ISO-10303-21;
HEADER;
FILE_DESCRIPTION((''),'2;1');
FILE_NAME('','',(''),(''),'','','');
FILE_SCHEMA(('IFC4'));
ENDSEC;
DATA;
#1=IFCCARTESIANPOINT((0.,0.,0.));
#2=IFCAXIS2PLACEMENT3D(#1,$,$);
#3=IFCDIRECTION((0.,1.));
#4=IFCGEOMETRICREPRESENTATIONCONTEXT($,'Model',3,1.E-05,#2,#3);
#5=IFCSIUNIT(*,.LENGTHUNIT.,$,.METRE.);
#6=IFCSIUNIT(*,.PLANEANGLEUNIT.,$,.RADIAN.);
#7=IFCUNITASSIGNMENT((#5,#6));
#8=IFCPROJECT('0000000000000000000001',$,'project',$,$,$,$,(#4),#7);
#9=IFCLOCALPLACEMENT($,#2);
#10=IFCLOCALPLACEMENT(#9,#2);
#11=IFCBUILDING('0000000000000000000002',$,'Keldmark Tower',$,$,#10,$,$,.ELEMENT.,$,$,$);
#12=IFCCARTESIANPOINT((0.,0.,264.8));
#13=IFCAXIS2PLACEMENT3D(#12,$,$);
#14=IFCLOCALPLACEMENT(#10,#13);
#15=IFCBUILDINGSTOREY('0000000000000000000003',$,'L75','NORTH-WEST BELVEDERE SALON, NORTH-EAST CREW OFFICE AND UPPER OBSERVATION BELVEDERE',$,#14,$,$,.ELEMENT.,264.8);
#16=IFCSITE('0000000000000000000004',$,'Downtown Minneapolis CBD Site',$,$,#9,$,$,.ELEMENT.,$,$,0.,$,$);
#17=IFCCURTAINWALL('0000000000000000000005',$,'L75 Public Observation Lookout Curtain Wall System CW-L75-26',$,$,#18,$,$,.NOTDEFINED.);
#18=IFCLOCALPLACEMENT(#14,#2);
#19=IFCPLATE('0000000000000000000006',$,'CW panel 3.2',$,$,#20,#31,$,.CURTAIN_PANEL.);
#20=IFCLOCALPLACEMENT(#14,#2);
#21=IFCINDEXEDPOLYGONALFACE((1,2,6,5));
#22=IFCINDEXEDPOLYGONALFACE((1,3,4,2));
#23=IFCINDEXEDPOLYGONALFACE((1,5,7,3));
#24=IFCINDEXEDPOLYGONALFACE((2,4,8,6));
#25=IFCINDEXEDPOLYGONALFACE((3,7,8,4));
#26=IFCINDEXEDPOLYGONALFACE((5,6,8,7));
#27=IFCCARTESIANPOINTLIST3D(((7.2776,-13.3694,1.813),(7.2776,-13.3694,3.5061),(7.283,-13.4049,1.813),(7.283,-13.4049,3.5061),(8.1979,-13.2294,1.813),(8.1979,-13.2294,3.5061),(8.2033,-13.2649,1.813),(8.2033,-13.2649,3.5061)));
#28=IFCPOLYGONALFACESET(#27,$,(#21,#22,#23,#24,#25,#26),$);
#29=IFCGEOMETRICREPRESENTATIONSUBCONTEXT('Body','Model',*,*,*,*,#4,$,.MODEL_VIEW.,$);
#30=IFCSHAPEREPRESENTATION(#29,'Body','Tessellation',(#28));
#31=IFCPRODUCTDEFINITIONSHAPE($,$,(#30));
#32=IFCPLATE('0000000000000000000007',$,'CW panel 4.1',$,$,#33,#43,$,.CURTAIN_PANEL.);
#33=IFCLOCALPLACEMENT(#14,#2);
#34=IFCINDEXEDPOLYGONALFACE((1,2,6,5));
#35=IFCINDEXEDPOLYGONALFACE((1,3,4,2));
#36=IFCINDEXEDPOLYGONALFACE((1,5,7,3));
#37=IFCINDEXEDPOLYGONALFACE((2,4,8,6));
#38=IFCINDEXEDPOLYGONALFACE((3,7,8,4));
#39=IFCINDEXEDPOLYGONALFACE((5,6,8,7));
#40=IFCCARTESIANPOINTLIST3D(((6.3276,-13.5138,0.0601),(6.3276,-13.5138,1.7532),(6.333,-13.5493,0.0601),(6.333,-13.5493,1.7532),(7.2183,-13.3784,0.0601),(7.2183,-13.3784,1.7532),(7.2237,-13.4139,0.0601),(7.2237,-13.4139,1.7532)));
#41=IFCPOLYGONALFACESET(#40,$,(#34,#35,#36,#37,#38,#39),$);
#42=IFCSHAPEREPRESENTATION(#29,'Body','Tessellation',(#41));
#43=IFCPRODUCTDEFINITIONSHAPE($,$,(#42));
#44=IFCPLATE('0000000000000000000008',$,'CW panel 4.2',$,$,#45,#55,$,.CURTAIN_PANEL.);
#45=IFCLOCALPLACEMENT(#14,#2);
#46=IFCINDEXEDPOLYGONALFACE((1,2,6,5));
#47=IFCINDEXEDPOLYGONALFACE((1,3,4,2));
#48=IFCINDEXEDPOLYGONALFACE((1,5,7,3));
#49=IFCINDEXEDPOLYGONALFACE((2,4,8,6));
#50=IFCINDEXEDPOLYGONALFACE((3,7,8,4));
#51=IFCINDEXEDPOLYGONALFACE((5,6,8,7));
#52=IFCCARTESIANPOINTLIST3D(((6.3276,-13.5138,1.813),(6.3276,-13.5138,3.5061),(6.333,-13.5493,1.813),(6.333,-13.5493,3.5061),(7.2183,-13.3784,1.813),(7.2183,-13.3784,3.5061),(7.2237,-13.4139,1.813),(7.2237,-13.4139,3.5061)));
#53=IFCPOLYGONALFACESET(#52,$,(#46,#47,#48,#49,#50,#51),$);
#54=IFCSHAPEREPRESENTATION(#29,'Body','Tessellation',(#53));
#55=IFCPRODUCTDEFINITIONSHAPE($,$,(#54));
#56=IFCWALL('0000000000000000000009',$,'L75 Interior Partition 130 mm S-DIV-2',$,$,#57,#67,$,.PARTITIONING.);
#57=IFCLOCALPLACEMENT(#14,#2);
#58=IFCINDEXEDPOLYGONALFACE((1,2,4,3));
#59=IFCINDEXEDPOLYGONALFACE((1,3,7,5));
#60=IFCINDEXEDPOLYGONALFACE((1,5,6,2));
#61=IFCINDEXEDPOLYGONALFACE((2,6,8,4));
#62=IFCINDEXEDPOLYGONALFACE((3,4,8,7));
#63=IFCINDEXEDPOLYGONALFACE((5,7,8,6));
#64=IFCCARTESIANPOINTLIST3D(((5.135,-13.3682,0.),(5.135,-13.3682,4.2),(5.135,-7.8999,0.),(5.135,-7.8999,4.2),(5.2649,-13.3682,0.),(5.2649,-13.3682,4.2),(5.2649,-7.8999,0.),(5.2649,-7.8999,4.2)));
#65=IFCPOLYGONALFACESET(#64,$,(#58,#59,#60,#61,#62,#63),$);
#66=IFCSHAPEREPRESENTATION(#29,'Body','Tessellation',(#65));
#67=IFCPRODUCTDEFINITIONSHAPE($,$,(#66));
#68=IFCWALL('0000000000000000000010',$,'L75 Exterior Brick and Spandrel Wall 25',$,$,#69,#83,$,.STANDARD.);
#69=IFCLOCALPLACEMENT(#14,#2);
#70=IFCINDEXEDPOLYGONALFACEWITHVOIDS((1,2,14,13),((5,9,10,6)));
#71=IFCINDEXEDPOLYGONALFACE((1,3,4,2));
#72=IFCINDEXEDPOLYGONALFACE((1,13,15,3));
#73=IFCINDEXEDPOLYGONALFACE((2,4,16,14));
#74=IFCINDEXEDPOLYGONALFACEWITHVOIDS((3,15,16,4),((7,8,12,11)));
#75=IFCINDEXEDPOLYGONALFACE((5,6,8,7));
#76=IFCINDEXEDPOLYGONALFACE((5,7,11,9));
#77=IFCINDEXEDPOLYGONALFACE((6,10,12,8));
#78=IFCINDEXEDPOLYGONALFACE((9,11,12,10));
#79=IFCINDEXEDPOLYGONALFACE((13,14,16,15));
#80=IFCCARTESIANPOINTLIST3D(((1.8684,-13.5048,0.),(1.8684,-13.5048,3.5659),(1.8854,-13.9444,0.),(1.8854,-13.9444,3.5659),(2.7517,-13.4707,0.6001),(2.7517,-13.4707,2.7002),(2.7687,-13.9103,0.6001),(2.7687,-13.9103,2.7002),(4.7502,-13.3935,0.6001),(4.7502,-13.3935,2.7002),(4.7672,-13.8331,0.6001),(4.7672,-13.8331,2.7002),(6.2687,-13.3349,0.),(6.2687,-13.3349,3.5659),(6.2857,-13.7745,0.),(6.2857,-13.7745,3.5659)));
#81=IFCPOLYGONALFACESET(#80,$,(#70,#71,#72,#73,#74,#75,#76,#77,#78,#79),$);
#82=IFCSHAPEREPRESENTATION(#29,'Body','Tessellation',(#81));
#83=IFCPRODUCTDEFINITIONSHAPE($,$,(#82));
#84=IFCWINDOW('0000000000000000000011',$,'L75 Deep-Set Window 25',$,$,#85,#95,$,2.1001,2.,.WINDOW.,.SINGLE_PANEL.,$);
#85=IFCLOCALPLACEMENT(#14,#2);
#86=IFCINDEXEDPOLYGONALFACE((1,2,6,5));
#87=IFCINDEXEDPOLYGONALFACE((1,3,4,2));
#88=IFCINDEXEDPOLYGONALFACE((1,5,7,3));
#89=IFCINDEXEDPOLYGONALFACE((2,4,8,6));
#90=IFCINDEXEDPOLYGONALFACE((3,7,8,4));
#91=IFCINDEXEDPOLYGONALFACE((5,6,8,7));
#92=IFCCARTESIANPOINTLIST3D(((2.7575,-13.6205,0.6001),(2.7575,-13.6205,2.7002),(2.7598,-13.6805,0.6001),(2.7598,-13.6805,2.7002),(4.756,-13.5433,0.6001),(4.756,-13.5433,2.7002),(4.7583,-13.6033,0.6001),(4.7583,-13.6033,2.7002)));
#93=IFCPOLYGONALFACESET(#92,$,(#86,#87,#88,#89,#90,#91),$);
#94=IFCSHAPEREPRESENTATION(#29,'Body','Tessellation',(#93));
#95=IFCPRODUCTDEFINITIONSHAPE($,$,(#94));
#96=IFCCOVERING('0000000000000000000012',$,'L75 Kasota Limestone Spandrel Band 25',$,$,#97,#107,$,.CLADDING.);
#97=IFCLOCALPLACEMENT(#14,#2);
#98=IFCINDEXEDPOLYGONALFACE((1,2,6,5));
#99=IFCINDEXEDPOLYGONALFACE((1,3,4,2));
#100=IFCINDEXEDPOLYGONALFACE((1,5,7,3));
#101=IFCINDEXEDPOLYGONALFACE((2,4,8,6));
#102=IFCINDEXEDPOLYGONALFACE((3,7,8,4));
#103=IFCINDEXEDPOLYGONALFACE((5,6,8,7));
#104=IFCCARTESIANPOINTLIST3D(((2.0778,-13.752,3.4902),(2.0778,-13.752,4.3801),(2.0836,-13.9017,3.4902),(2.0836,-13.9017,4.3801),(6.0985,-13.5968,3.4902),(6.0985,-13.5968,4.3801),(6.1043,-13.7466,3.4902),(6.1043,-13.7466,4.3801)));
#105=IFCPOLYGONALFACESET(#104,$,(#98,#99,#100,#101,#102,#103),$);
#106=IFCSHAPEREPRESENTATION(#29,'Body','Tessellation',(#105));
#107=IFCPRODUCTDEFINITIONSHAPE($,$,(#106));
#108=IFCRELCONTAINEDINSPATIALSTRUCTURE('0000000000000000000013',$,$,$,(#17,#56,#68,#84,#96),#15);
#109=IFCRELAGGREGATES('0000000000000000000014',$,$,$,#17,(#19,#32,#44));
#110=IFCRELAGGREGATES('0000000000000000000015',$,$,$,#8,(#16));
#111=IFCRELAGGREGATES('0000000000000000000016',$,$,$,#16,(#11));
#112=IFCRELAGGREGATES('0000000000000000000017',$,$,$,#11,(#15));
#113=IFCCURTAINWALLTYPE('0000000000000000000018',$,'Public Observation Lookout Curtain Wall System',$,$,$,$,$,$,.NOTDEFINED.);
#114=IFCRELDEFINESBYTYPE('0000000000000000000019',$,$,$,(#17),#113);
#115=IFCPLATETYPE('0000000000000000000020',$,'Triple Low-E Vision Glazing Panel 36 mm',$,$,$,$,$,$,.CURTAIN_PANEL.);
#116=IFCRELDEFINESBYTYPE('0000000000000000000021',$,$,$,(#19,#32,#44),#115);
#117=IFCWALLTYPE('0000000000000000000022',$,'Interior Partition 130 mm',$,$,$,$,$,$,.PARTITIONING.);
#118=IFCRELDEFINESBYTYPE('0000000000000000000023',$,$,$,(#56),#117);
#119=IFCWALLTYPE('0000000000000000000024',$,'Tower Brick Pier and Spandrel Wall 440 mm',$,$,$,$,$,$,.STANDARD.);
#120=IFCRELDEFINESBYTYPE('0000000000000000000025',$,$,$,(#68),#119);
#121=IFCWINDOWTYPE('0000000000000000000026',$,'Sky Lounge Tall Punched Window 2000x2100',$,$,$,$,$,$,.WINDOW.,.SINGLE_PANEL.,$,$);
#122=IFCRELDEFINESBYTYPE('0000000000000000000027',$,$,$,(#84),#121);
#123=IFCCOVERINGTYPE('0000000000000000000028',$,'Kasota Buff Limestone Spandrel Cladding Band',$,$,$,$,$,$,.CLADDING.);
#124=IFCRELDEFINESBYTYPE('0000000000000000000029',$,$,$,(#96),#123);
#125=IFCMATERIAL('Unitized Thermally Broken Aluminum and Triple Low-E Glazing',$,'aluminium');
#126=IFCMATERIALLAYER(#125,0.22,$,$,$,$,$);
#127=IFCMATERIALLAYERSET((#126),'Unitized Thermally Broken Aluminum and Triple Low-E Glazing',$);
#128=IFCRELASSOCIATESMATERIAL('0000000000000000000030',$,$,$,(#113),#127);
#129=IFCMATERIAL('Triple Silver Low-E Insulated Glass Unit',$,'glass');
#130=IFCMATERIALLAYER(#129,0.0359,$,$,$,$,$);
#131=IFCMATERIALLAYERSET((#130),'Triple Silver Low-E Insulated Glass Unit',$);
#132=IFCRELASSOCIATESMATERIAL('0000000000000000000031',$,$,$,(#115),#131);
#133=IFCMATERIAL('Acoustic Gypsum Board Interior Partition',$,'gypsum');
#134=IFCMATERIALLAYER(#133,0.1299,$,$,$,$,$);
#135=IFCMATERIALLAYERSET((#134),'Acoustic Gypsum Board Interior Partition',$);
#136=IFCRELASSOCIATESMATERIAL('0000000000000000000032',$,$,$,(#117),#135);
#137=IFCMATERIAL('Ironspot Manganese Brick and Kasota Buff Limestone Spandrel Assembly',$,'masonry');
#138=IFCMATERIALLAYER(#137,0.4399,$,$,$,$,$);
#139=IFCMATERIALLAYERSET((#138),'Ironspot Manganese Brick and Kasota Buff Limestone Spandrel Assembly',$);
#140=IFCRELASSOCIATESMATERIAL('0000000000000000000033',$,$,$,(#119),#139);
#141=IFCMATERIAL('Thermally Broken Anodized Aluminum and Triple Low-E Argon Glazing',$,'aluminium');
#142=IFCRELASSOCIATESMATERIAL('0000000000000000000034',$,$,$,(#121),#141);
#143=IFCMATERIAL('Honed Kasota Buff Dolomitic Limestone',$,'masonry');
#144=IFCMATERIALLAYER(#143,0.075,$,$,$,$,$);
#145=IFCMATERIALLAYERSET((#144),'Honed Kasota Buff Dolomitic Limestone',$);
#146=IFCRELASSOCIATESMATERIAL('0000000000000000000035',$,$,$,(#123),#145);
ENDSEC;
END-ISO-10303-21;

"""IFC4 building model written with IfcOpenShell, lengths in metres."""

from ifc_helpers import new_model, si_unit, direction, frame, frame_2d, origin, origin_2d, place, context, subcontext, project, spatial, rectangle, extrude, material, layer, layer_set, type_object, element, fill, aggregate, save


model = new_model("IFC4")

# Units and contexts
model_context = context("Model", 3, precision=1e-05, world=origin(), true_north=direction((0.0, 1.0)))
body_context = subcontext(model_context, "Body", "Model", "MODEL_VIEW")
ifc_project = project(units=[si_unit("LENGTHUNIT", "METRE"), si_unit("PLANEANGLEUNIT", "RADIAN")], contexts=[model_context])

# Site, building, storey
site_placement = place(None, origin())
site = spatial("IfcSite", under=ifc_project, at=site_placement, Name="Downtown Minneapolis CBD Site", CompositionType="ELEMENT", RefElevation=0.0)
building_placement = place(site_placement, origin())
building = spatial("IfcBuilding", under=site, at=building_placement, Name="Keldmark Tower", CompositionType="ELEMENT")
storey_placement = place(building_placement, frame((0.0, 0.0, 264.8)))
storey = spatial("IfcBuildingStorey", under=building, at=storey_placement, Name="L75", Description="NORTH-WEST BELVEDERE SALON, NORTH-EAST CREW OFFICE AND UPPER OBSERVATION BELVEDERE", CompositionType="ELEMENT", Elevation=264.8)

# Curtain wall
ifc_material_1 = material(Name="Unitized Thermally Broken Aluminum and Triple Low-E Glazing", Category="aluminium")
ifc_layer_1 = layer(ifc_material_1, 0.22)
ifc_layer_set_1 = layer_set([ifc_layer_1], Name="Unitized Thermally Broken Aluminum and Triple Low-E Glazing")
curtain_wall_type = type_object("IfcCurtainWallType", Name="Public Observation Lookout Curtain Wall System", PredefinedType="NOTDEFINED", material=ifc_layer_set_1)
curtain_wall_1_placement = place(storey_placement, origin())
curtain_wall_1 = element("IfcCurtainWall", 1, at=curtain_wall_1_placement, inside=storey, type_object=curtain_wall_type, Name="L75 Public Observation Lookout Curtain Wall System CW-L75-26", PredefinedType="NOTDEFINED")

# Plates
ifc_material_2 = material(Name="Triple Silver Low-E Insulated Glass Unit", Category="glass")
ifc_layer_2 = layer(ifc_material_2, 0.0359)
ifc_layer_set_2 = layer_set([ifc_layer_2], Name="Triple Silver Low-E Insulated Glass Unit")
plate_type_1 = type_object("IfcPlateType", Name="Triple Low-E Vision Glazing Panel 36 mm", PredefinedType="CURTAIN_PANEL", material=ifc_layer_set_2)
plate_1_placement = place(storey_placement, frame((7.7405, -13.3171, 1.813), z_axis=(0.0, 0.0, 1.0), x_axis=(-0.988635, -0.150337, 0.0)))
plate_1 = element("IfcPlate", 2, at=plate_1_placement, type_object=plate_type_1, Name="CW panel 3.2", PredefinedType="CURTAIN_PANEL", context=body_context, shape_type="SweptSolid", body=[
    extrude(rectangle(XDim=0.9309, YDim=0.0359, at=origin_2d()), origin(), (0.0, 0.0, 1.0), 1.6931),
])
plate_2_placement = place(storey_placement, frame((6.7756, -13.4639, 0.0601), z_axis=(0.0, 0.0, 1.0), x_axis=(-0.988635, -0.150337, 0.0)))
plate_2 = element("IfcPlate", 3, at=plate_2_placement, type_object=plate_type_1, Name="CW panel 4.1", PredefinedType="CURTAIN_PANEL", context=body_context, shape_type="SweptSolid", body=[
    extrude(rectangle(XDim=0.9009, YDim=0.0359, at=origin_2d()), origin(), (0.0, 0.0, 1.0), 1.6931),
])
plate_3_placement = place(storey_placement, frame((6.7756, -13.4639, 1.813), z_axis=(0.0, 0.0, 1.0), x_axis=(-0.988635, -0.150337, 0.0)))
plate_3 = element("IfcPlate", 4, at=plate_3_placement, type_object=plate_type_1, Name="CW panel 4.2", PredefinedType="CURTAIN_PANEL", context=body_context, shape_type="SweptSolid", body=[
    extrude(rectangle(XDim=0.9009, YDim=0.0359, at=origin_2d()), origin(), (0.0, 0.0, 1.0), 1.6931),
])
aggregate(curtain_wall_1, [plate_1, plate_2, plate_3])

# Wall
ifc_material_3 = material(Name="Acoustic Gypsum Board Interior Partition", Category="gypsum")
ifc_layer_3 = layer(ifc_material_3, 0.1299)
ifc_layer_set_3 = layer_set([ifc_layer_3], Name="Acoustic Gypsum Board Interior Partition")
wall_type_1 = type_object("IfcWallType", Name="Interior Partition 130 mm", PredefinedType="PARTITIONING", material=ifc_layer_set_3)
wall_1_placement = place(storey_placement, frame((5.2, -13.3682, 0.0), z_axis=(0.0, 0.0, 1.0), x_axis=(0.0, 1.0, 0.0)))
element("IfcWall", 5, at=wall_1_placement, inside=storey, type_object=wall_type_1, Name="L75 Interior Partition 130 mm S-DIV-2", PredefinedType="PARTITIONING", context=body_context, shape_type="SweptSolid", body=[
    extrude(rectangle(XDim=5.4683, YDim=0.1299, at=frame_2d((2.7341, 0.0))), origin(), (0.0, 0.0, 1.0), 4.2),
])

# Wall, opening, window
ifc_material_4 = material(Name="Ironspot Manganese Brick and Kasota Buff Limestone Spandrel Assembly", Category="masonry")
ifc_layer_4 = layer(ifc_material_4, 0.4399)
ifc_layer_set_4 = layer_set([ifc_layer_4], Name="Ironspot Manganese Brick and Kasota Buff Limestone Spandrel Assembly")
wall_type_2 = type_object("IfcWallType", Name="Tower Brick Pier and Spandrel Wall 440 mm", PredefinedType="STANDARD", material=ifc_layer_set_4)
wall_2_placement = place(storey_placement, frame((6.2771, -13.5547, 0.0), z_axis=(0.0, 0.0, 1.0), x_axis=(-0.999255, -0.038586, 0.0)))
wall_2 = element("IfcWall", 6, at=wall_2_placement, inside=storey, type_object=wall_type_2, Name="L75 Exterior Brick and Spandrel Wall 25", PredefinedType="STANDARD", context=body_context, shape_type="SweptSolid", body=[
    extrude(rectangle(XDim=4.4036, YDim=0.4399, at=frame_2d((2.2017, 0.0))), origin(), (0.0, 0.0, 1.0), 3.5659),
])
opening_placement = place(wall_2_placement, frame((1.5195, 0.0, 0.6001)))
opening = element("IfcOpeningElement", 7, at=opening_placement, cuts=wall_2, PredefinedType="OPENING", context=body_context, shape_type="SweptSolid", body=[
    extrude(rectangle(XDim=2.0, YDim=2.1001, at=frame_2d((1.0, 1.05))), frame((0.0, 0.23, 0.0), z_axis=(0.0, -1.0, 0.0), x_axis=(1.0, 0.0, 0.0)), (0.0, 0.0, 1.0), 0.46),
])
ifc_material_5 = material(Name="Thermally Broken Anodized Aluminum and Triple Low-E Argon Glazing", Category="aluminium")
window_type = type_object("IfcWindowType", Name="Sky Lounge Tall Punched Window 2000x2100", PartitioningType="SINGLE_PANEL", PredefinedType="WINDOW", material=ifc_material_5)
window_placement = place(opening_placement, origin())
window = element("IfcWindow", 8, at=window_placement, inside=storey, type_object=window_type, Name="L75 Deep-Set Window 25", OverallHeight=2.1001, OverallWidth=2.0, PartitioningType="SINGLE_PANEL", PredefinedType="WINDOW", context=body_context, shape_type="SweptSolid", body=[
    extrude(rectangle(XDim=2.0, YDim=2.1001, at=frame_2d((1.0, 1.05))), frame((0.0, -0.01, 0.0), z_axis=(0.0, -1.0, 0.0), x_axis=(1.0, 0.0, 0.0)), (0.0, 0.0, 1.0), 0.0601),
])
fill(opening, window)

# Covering
ifc_material_6 = material(Name="Honed Kasota Buff Dolomitic Limestone", Category="masonry")
ifc_layer_5 = layer(ifc_material_6, 0.075)
ifc_layer_set_5 = layer_set([ifc_layer_5], Name="Honed Kasota Buff Dolomitic Limestone")
covering_type = type_object("IfcCoveringType", Name="Kasota Buff Limestone Spandrel Cladding Band", PredefinedType="CLADDING", material=ifc_layer_set_5)
covering_placement = place(storey_placement, frame((4.0911, -13.7493, 3.4902), z_axis=(0.0, 0.0, 1.0), x_axis=(0.999256, 0.038562, 0.0)))
element("IfcCovering", 9, at=covering_placement, inside=storey, type_object=covering_type, Name="L75 Kasota Limestone Spandrel Band 25", PredefinedType="CLADDING", context=body_context, shape_type="SweptSolid", body=[
    extrude(rectangle(XDim=4.0237, YDim=0.1499, at=origin_2d()), origin(), (0.0, 0.0, 1.0), 0.8899),
])

save(model, "model.ifc")
